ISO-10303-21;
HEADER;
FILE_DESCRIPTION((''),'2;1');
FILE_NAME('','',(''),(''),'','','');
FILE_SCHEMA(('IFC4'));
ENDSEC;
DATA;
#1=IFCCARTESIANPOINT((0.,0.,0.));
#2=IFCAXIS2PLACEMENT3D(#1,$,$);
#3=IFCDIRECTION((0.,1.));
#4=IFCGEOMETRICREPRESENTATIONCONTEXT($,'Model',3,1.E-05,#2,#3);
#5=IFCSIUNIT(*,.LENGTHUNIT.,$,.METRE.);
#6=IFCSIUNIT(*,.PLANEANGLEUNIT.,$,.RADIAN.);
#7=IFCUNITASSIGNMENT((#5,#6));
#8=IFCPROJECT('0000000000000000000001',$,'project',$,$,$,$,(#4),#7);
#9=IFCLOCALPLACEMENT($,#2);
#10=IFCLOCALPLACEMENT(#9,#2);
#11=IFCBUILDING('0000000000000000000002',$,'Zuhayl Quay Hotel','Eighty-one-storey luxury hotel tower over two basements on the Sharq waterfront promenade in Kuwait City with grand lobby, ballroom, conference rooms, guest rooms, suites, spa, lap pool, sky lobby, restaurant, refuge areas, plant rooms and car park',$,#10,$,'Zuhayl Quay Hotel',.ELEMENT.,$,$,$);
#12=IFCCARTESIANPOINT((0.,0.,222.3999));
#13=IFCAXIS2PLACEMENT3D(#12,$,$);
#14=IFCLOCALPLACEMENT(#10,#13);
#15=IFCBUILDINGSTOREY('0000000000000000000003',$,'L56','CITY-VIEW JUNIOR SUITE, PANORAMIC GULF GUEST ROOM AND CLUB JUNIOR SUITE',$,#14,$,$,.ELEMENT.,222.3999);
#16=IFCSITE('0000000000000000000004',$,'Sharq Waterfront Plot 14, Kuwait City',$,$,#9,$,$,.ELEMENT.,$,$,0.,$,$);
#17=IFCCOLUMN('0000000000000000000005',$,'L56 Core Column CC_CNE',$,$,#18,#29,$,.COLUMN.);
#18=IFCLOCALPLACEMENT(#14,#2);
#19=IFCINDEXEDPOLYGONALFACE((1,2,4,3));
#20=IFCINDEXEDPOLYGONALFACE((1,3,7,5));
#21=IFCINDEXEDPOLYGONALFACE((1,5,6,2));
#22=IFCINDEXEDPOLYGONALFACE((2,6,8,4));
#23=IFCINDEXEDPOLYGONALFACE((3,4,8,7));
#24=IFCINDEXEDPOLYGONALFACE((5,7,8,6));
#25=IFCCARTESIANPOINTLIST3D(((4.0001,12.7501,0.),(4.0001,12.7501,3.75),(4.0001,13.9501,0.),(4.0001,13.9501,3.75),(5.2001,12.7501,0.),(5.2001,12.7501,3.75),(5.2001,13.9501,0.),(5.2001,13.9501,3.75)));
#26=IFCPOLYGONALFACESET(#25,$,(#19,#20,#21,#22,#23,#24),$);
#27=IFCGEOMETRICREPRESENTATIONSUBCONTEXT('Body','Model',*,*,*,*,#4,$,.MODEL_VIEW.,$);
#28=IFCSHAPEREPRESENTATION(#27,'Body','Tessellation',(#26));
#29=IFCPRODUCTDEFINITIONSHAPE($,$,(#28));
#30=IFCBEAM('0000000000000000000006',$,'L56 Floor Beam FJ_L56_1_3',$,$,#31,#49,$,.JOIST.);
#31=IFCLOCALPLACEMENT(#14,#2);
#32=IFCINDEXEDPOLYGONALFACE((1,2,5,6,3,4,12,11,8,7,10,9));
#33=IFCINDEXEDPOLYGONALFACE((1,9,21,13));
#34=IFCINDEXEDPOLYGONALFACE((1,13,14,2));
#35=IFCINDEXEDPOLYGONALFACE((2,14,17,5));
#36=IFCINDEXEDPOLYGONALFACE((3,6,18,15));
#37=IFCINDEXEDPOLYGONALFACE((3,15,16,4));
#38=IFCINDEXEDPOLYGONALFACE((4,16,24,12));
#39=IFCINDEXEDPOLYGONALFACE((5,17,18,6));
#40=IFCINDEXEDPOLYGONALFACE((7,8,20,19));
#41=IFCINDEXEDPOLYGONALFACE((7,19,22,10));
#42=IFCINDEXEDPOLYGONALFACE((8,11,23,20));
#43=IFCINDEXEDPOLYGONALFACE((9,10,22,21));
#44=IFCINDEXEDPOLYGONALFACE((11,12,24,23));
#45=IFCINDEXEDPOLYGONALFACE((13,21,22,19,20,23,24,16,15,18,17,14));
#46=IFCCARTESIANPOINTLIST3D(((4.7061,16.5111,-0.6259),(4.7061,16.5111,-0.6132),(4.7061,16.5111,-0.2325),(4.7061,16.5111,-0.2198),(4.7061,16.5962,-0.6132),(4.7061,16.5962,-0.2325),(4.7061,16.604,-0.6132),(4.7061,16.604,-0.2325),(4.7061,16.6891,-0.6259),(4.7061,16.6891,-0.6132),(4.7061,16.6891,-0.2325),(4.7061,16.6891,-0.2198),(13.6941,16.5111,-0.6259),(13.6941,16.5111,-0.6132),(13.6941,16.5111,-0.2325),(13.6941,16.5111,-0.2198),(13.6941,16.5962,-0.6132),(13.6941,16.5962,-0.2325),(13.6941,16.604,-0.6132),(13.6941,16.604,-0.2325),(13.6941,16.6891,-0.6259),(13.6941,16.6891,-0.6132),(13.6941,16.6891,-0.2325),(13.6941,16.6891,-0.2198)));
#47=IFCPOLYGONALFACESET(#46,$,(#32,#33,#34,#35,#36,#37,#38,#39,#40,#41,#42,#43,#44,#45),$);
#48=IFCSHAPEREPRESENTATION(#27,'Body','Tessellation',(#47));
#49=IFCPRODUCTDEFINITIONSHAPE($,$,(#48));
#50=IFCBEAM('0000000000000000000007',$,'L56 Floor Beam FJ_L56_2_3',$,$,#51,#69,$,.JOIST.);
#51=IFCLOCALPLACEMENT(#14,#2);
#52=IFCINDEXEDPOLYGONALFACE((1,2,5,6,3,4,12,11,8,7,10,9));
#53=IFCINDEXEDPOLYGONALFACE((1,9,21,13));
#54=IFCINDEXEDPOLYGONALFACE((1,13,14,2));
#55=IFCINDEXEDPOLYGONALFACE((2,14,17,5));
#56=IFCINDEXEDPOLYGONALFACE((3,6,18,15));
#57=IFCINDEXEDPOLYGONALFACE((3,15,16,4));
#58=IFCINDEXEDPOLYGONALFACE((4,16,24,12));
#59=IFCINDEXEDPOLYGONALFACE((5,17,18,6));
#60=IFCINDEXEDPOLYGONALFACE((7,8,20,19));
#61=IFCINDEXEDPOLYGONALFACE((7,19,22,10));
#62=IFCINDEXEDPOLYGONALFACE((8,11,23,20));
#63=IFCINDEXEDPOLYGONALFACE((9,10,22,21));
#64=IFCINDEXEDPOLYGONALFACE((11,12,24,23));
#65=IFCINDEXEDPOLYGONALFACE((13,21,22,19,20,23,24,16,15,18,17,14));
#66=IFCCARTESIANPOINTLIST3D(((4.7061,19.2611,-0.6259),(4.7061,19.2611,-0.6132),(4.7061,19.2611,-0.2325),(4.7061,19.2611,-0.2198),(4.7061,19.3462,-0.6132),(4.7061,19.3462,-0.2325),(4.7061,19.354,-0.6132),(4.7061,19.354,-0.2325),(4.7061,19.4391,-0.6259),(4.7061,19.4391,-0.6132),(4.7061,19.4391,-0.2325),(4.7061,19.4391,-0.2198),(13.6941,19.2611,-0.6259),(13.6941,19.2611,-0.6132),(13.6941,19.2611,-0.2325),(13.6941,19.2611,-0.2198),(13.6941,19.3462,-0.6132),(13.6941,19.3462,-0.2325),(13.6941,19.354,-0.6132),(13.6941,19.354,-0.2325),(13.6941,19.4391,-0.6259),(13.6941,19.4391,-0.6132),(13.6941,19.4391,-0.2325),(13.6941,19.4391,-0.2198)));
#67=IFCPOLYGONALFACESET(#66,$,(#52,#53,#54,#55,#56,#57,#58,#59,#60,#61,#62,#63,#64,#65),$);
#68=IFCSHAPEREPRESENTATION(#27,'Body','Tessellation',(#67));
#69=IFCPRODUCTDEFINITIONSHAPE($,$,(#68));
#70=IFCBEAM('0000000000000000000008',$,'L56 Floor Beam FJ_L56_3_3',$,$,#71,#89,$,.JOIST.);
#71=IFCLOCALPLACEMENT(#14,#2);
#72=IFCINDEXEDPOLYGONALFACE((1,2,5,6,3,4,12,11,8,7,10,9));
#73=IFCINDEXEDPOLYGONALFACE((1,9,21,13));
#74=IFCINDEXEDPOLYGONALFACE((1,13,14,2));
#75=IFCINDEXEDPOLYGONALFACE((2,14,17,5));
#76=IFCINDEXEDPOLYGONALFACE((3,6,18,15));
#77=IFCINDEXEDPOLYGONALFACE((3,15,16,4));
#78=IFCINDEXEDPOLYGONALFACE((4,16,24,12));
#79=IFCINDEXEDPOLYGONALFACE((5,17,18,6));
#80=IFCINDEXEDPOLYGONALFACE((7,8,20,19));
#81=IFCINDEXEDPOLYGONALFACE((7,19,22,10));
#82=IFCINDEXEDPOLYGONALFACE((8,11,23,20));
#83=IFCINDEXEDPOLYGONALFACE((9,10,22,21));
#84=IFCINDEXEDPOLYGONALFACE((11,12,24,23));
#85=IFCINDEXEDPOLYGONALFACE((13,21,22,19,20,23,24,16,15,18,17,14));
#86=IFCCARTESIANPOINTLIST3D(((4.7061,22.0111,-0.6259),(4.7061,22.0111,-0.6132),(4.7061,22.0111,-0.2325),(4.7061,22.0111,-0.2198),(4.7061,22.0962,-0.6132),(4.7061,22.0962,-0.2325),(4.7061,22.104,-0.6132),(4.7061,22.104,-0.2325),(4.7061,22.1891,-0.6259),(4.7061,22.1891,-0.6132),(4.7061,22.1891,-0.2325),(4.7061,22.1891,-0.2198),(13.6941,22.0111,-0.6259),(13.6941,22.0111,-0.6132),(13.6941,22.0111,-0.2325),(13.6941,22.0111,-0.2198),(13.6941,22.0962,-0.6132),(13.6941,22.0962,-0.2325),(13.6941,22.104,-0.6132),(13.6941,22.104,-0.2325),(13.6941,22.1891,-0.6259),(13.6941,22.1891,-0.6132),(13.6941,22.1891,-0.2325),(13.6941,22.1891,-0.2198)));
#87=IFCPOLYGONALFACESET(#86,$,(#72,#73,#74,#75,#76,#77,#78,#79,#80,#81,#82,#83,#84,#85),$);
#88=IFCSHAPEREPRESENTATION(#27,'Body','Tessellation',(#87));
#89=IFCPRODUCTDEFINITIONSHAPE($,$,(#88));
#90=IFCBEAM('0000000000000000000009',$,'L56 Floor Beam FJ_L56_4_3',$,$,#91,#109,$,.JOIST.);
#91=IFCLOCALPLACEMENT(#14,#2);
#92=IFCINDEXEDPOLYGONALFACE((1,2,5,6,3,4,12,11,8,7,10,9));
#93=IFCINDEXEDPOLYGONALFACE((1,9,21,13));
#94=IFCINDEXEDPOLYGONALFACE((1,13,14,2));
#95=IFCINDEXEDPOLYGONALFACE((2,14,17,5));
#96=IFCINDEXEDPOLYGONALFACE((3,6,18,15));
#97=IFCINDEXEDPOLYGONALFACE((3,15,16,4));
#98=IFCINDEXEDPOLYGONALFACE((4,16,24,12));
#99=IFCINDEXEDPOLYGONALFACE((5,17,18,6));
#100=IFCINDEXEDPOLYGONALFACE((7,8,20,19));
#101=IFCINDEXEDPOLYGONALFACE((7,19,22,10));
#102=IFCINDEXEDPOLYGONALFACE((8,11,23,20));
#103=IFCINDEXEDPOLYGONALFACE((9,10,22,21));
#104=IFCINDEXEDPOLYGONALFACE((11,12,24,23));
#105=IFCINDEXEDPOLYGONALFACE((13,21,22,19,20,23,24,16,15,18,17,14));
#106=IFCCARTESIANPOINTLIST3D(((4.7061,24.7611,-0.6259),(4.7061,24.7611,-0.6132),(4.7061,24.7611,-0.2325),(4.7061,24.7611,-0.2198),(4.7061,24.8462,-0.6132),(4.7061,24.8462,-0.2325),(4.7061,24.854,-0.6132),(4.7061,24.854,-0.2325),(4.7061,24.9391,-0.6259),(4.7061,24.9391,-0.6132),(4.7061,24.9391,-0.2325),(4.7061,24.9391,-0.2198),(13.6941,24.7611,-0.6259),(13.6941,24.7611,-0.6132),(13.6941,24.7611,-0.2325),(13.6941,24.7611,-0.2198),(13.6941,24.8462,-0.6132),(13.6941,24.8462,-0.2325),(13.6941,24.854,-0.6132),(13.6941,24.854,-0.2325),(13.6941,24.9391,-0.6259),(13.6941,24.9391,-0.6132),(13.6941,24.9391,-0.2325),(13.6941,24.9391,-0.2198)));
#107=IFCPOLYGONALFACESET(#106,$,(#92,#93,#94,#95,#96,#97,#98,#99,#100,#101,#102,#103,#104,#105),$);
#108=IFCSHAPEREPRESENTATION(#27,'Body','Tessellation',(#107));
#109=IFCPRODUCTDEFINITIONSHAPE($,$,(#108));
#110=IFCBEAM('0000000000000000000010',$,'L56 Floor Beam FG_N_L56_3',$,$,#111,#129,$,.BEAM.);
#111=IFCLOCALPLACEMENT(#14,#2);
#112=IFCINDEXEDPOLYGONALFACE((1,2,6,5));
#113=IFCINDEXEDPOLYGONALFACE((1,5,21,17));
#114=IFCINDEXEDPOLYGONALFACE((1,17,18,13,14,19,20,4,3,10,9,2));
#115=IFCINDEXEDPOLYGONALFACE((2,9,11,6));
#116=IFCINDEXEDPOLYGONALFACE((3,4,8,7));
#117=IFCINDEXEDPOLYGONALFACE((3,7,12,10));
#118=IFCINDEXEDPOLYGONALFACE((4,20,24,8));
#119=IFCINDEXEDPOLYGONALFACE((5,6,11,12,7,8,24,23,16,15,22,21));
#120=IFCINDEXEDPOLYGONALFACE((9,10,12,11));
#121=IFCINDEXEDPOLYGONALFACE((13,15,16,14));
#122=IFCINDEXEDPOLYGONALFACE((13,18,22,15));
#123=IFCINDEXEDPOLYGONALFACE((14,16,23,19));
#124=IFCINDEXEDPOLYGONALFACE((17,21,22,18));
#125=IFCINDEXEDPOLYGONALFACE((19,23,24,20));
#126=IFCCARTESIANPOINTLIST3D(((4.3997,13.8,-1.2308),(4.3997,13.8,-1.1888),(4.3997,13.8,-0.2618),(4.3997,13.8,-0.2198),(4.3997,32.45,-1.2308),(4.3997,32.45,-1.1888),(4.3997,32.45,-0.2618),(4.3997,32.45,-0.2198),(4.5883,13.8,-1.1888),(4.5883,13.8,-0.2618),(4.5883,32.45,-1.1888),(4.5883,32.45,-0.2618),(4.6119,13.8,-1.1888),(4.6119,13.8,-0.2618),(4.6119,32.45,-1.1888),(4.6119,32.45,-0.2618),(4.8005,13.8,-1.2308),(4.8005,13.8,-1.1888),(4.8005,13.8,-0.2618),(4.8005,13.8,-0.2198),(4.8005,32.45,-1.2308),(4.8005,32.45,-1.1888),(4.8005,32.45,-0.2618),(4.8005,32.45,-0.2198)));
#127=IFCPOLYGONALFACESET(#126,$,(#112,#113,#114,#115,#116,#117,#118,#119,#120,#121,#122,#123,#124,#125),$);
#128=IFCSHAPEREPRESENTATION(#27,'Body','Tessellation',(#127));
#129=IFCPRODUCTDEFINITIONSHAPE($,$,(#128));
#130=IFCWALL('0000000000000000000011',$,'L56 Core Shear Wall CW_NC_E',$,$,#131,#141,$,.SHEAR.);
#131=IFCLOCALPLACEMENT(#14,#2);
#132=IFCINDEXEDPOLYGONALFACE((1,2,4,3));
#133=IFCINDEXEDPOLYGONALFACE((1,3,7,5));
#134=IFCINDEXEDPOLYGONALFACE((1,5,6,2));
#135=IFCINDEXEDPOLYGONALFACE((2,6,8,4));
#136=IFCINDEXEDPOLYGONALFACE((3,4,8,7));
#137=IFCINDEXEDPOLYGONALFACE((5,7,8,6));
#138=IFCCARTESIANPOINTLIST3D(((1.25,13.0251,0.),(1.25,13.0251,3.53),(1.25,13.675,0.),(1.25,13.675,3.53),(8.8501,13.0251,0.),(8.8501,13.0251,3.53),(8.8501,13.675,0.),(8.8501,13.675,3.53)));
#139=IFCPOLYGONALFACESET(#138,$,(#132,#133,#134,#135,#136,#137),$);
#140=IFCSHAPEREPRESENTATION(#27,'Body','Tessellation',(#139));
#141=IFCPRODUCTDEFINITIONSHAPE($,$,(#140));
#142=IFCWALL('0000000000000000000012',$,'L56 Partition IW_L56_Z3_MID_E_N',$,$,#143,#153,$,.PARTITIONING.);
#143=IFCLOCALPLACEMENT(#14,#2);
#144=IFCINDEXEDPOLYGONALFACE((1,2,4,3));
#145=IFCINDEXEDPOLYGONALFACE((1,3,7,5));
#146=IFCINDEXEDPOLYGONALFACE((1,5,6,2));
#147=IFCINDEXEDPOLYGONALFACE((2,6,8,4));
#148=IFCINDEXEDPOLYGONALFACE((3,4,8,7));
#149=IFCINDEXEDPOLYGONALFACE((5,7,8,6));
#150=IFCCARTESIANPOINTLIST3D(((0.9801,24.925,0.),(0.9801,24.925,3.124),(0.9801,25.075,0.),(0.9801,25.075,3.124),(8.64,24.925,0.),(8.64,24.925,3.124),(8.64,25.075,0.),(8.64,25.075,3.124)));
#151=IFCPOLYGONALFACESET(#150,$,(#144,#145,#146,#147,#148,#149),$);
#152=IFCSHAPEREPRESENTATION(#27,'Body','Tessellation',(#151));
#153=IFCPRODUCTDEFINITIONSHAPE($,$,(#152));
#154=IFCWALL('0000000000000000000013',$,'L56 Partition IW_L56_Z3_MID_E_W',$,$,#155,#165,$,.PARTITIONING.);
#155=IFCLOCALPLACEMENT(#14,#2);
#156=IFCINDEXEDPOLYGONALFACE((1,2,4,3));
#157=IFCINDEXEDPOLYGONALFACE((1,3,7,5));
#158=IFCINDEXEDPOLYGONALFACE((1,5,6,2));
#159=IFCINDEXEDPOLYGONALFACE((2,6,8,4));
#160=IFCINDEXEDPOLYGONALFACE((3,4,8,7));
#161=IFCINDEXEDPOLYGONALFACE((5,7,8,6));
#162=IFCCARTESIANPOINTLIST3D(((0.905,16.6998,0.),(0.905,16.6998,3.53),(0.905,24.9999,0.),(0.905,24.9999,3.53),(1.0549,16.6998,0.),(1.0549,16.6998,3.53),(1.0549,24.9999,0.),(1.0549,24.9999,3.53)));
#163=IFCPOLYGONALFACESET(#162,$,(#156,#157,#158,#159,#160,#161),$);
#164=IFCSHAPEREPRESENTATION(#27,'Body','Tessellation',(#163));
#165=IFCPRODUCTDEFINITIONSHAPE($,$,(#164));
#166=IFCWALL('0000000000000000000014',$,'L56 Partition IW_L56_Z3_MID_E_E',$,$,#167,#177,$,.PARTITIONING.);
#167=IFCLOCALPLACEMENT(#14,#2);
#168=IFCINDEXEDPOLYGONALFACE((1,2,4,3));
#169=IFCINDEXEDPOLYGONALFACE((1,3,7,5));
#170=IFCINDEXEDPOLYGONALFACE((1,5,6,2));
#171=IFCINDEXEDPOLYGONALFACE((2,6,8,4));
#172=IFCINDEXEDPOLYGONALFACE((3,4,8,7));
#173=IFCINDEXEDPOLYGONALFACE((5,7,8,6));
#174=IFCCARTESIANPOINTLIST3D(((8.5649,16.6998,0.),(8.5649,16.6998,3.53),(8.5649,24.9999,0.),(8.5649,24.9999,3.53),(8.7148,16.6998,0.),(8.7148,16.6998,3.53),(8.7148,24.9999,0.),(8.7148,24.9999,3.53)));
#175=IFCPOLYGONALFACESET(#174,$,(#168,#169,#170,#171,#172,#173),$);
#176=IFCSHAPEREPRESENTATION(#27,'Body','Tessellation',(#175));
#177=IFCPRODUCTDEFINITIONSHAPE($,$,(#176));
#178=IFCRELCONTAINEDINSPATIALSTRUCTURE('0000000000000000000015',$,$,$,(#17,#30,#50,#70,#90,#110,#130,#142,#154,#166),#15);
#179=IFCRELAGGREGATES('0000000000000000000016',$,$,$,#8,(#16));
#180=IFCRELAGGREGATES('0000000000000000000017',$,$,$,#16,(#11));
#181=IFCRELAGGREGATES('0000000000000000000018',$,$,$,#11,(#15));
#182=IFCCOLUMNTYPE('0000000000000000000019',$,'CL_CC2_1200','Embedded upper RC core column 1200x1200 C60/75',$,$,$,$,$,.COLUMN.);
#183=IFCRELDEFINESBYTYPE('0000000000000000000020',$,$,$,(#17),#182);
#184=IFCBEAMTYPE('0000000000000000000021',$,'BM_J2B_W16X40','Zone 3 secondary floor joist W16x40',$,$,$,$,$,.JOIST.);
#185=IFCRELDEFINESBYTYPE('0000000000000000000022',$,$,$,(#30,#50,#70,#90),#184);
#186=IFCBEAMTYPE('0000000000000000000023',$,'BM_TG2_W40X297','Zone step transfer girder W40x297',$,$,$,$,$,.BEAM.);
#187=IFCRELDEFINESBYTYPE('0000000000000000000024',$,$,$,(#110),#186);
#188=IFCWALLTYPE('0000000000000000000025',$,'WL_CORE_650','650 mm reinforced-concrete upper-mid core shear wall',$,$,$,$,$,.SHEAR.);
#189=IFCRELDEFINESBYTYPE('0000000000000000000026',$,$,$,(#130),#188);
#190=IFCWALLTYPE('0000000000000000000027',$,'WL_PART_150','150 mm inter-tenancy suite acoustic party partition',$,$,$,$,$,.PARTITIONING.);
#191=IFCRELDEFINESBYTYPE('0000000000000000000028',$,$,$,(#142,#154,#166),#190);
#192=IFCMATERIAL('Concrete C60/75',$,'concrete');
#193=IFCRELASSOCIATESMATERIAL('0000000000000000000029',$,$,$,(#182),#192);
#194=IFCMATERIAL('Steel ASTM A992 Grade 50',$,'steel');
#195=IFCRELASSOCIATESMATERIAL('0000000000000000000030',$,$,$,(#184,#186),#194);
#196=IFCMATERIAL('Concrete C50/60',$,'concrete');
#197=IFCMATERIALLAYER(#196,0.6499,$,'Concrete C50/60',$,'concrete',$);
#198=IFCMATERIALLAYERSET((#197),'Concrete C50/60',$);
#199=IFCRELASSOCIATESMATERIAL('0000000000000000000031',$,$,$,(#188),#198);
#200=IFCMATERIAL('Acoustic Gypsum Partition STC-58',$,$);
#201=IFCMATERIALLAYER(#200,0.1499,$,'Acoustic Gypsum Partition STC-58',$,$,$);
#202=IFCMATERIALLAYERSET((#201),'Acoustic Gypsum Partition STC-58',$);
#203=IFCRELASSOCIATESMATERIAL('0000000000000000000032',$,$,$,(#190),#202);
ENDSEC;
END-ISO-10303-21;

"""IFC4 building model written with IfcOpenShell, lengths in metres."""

from ifc_helpers import new_model, si_unit, direction, frame, frame_2d, origin, origin_2d, place, context, subcontext, project, spatial, rectangle, i_section, extrude, material, layer, layer_set, material_profile, profile_set, type_object, element, save


model = new_model("IFC4")

# Units and contexts
model_context = context("Model", 3, precision=1e-05, world=origin(), true_north=direction((0.0, 1.0)))
body_context = subcontext(model_context, "Body", "Model", "MODEL_VIEW")
ifc_project = project(units=[si_unit("LENGTHUNIT", "METRE"), si_unit("PLANEANGLEUNIT", "RADIAN")], contexts=[model_context])

# Site, building, storey
site_placement = place(None, origin())
site = spatial("IfcSite", under=ifc_project, at=site_placement, Name="Sharq Waterfront Plot 14, Kuwait City", CompositionType="ELEMENT", RefElevation=0.0)
building_placement = place(site_placement, origin())
building = spatial("IfcBuilding", under=site, at=building_placement, Name="Zuhayl Quay Hotel", Description="Eighty-one-storey luxury hotel tower over two basements on the Sharq waterfront promenade in Kuwait City with grand lobby, ballroom, conference rooms, guest rooms, suites, spa, lap pool, sky lobby, restaurant, refuge areas, plant rooms and car park", LongName="Zuhayl Quay Hotel", CompositionType="ELEMENT")
storey_placement = place(building_placement, frame((0.0, 0.0, 222.3999)))
storey = spatial("IfcBuildingStorey", under=building, at=storey_placement, Name="L56", Description="CITY-VIEW JUNIOR SUITE, PANORAMIC GULF GUEST ROOM AND CLUB JUNIOR SUITE", CompositionType="ELEMENT", Elevation=222.3999)

# Column
ifc_material_1 = material(Name="Concrete C60/75", Category="concrete")
ifc_material_profile_1 = material_profile(ifc_material_1, rectangle(XDim=1.2, YDim=1.2, at=origin_2d()), Name="RC1200X1200")
ifc_profile_set_1 = profile_set([ifc_material_profile_1], Name="Concrete C60/75")
column_type = type_object("IfcColumnType", Name="CL_CC2_1200", Description="Embedded upper RC core column 1200x1200 C60/75", PredefinedType="COLUMN", material=ifc_profile_set_1)
column_placement = place(storey_placement, frame((4.6001, 13.3501, 0.0), z_axis=(0.0, 0.0, 1.0), x_axis=(1.0, 0.0, 0.0)))
element("IfcColumn", 1, at=column_placement, inside=storey, type_object=column_type, Name="L56 Core Column CC_CNE", PredefinedType="COLUMN", context=body_context, shape_type="SweptSolid", body=[
    extrude(rectangle(XDim=1.2, YDim=1.2, at=origin_2d()), origin(), (0.0, 0.0, 1.0), 3.75),
])

# Beams
ifc_material_2 = material(Name="Steel ASTM A992 Grade 50", Category="steel")
ifc_material_profile_2 = material_profile(ifc_material_2, i_section(OverallWidth=0.178, OverallDepth=0.406, WebThickness=0.0078, FlangeThickness=0.0127, at=origin_2d()), Name="W16X40")
ifc_profile_set_2 = profile_set([ifc_material_profile_2], Name="Steel ASTM A992 Grade 50")
beam_type_1 = type_object("IfcBeamType", Name="BM_J2B_W16X40", Description="Zone 3 secondary floor joist W16x40", PredefinedType="JOIST", material=ifc_profile_set_2)
for number, where, z_axis, x_axis, name in (
    (2, (4.7061, 16.6001, -0.4229), (1.0, 0.0, 0.0), (0.0, 1.0, 0.0), "L56 Floor Beam FJ_L56_1_3"),
    (3, (4.7061, 19.3501, -0.4229), (1.0, 0.0, 0.0), (0.0, 1.0, 0.0), "L56 Floor Beam FJ_L56_2_3"),
    (4, (4.7061, 22.1001, -0.4229), (1.0, 0.0, 0.0), (0.0, 1.0, 0.0), "L56 Floor Beam FJ_L56_3_3"),
    (5, (4.7061, 24.8501, -0.4229), (1.0, 0.0, 0.0), (0.0, 1.0, 0.0), "L56 Floor Beam FJ_L56_4_3"),
):
    element("IfcBeam", number, at=place(storey_placement, frame(where, z_axis=z_axis, x_axis=x_axis)), inside=storey, type_object=beam_type_1, Name=name, PredefinedType="JOIST", context=body_context, shape_type="SweptSolid", body=[
        extrude(i_section(OverallWidth=0.178, OverallDepth=0.406, WebThickness=0.0078, FlangeThickness=0.0127, at=origin_2d()), origin(), (0.0, 0.0, 1.0), 8.988),
    ])
ifc_material_profile_3 = material_profile(ifc_material_2, i_section(OverallWidth=0.4009, OverallDepth=1.011, WebThickness=0.0237, FlangeThickness=0.042, at=origin_2d()), Name="W40X297")
ifc_profile_set_3 = profile_set([ifc_material_profile_3], Name="Steel ASTM A992 Grade 50")
beam_type_2 = type_object("IfcBeamType", Name="BM_TG2_W40X297", Description="Zone step transfer girder W40x297", PredefinedType="BEAM", material=ifc_profile_set_3)
beam_placement = place(storey_placement, frame((4.6001, 13.8, -0.7253), z_axis=(0.0, 1.0, 0.0), x_axis=(-1.0, 0.0, 0.0)))
element("IfcBeam", 6, at=beam_placement, inside=storey, type_object=beam_type_2, Name="L56 Floor Beam FG_N_L56_3", PredefinedType="BEAM", context=body_context, shape_type="SweptSolid", body=[
    extrude(i_section(OverallWidth=0.4009, OverallDepth=1.011, WebThickness=0.0237, FlangeThickness=0.042, at=origin_2d()), origin(), (0.0, 0.0, 1.0), 18.6499),
])

# Walls
ifc_material_3 = material(Name="Concrete C50/60", Category="concrete")
ifc_layer_1 = layer(ifc_material_3, 0.6499, Name="Concrete C50/60", Category="concrete")
ifc_layer_set_1 = layer_set([ifc_layer_1], Name="Concrete C50/60")
wall_type_1 = type_object("IfcWallType", Name="WL_CORE_650", Description="650 mm reinforced-concrete upper-mid core shear wall", PredefinedType="SHEAR", material=ifc_layer_set_1)
wall_1_placement = place(storey_placement, frame((1.25, 13.3501, 0.0), z_axis=(0.0, 0.0, 1.0), x_axis=(1.0, 0.0, 0.0)))
element("IfcWall", 7, at=wall_1_placement, inside=storey, type_object=wall_type_1, Name="L56 Core Shear Wall CW_NC_E", PredefinedType="SHEAR", context=body_context, shape_type="SweptSolid", body=[
    extrude(rectangle(XDim=7.6001, YDim=0.6499, at=frame_2d((3.8, 0.0))), origin(), (0.0, 0.0, 1.0), 3.53),
])
ifc_material_4 = material(Name="Acoustic Gypsum Partition STC-58")
ifc_layer_2 = layer(ifc_material_4, 0.1499, Name="Acoustic Gypsum Partition STC-58")
ifc_layer_set_2 = layer_set([ifc_layer_2], Name="Acoustic Gypsum Partition STC-58")
wall_type_2 = type_object("IfcWallType", Name="WL_PART_150", Description="150 mm inter-tenancy suite acoustic party partition", PredefinedType="PARTITIONING", material=ifc_layer_set_2)
wall_2_placement = place(storey_placement, frame((0.98, 25.0, 0.0), z_axis=(0.0, 0.0, 1.0), x_axis=(1.0, 0.0, 0.0)))
element("IfcWall", 8, at=wall_2_placement, inside=storey, type_object=wall_type_2, Name="L56 Partition IW_L56_Z3_MID_E_N", PredefinedType="PARTITIONING", context=body_context, shape_type="SweptSolid", body=[
    extrude(rectangle(XDim=7.6599, YDim=0.1499, at=frame_2d((3.8301, 0.0))), origin(), (0.0, 0.0, 1.0), 3.124),
])
for number, where, z_axis, x_axis, name in (
    (9, (0.98, 16.7, 0.0), (0.0, 0.0, 1.0), (0.0, 1.0, 0.0), "L56 Partition IW_L56_Z3_MID_E_W"),
    (10, (8.6399, 16.7, 0.0), (0.0, 0.0, 1.0), (0.0, 1.0, 0.0), "L56 Partition IW_L56_Z3_MID_E_E"),
):
    element("IfcWall", number, at=place(storey_placement, frame(where, z_axis=z_axis, x_axis=x_axis)), inside=storey, type_object=wall_type_2, Name=name, PredefinedType="PARTITIONING", context=body_context, shape_type="SweptSolid", body=[
        extrude(rectangle(XDim=8.3, YDim=0.1499, at=frame_2d((4.1499, 0.0))), origin(), (0.0, 0.0, 1.0), 3.53),
    ])

save(model, "model.ifc")
